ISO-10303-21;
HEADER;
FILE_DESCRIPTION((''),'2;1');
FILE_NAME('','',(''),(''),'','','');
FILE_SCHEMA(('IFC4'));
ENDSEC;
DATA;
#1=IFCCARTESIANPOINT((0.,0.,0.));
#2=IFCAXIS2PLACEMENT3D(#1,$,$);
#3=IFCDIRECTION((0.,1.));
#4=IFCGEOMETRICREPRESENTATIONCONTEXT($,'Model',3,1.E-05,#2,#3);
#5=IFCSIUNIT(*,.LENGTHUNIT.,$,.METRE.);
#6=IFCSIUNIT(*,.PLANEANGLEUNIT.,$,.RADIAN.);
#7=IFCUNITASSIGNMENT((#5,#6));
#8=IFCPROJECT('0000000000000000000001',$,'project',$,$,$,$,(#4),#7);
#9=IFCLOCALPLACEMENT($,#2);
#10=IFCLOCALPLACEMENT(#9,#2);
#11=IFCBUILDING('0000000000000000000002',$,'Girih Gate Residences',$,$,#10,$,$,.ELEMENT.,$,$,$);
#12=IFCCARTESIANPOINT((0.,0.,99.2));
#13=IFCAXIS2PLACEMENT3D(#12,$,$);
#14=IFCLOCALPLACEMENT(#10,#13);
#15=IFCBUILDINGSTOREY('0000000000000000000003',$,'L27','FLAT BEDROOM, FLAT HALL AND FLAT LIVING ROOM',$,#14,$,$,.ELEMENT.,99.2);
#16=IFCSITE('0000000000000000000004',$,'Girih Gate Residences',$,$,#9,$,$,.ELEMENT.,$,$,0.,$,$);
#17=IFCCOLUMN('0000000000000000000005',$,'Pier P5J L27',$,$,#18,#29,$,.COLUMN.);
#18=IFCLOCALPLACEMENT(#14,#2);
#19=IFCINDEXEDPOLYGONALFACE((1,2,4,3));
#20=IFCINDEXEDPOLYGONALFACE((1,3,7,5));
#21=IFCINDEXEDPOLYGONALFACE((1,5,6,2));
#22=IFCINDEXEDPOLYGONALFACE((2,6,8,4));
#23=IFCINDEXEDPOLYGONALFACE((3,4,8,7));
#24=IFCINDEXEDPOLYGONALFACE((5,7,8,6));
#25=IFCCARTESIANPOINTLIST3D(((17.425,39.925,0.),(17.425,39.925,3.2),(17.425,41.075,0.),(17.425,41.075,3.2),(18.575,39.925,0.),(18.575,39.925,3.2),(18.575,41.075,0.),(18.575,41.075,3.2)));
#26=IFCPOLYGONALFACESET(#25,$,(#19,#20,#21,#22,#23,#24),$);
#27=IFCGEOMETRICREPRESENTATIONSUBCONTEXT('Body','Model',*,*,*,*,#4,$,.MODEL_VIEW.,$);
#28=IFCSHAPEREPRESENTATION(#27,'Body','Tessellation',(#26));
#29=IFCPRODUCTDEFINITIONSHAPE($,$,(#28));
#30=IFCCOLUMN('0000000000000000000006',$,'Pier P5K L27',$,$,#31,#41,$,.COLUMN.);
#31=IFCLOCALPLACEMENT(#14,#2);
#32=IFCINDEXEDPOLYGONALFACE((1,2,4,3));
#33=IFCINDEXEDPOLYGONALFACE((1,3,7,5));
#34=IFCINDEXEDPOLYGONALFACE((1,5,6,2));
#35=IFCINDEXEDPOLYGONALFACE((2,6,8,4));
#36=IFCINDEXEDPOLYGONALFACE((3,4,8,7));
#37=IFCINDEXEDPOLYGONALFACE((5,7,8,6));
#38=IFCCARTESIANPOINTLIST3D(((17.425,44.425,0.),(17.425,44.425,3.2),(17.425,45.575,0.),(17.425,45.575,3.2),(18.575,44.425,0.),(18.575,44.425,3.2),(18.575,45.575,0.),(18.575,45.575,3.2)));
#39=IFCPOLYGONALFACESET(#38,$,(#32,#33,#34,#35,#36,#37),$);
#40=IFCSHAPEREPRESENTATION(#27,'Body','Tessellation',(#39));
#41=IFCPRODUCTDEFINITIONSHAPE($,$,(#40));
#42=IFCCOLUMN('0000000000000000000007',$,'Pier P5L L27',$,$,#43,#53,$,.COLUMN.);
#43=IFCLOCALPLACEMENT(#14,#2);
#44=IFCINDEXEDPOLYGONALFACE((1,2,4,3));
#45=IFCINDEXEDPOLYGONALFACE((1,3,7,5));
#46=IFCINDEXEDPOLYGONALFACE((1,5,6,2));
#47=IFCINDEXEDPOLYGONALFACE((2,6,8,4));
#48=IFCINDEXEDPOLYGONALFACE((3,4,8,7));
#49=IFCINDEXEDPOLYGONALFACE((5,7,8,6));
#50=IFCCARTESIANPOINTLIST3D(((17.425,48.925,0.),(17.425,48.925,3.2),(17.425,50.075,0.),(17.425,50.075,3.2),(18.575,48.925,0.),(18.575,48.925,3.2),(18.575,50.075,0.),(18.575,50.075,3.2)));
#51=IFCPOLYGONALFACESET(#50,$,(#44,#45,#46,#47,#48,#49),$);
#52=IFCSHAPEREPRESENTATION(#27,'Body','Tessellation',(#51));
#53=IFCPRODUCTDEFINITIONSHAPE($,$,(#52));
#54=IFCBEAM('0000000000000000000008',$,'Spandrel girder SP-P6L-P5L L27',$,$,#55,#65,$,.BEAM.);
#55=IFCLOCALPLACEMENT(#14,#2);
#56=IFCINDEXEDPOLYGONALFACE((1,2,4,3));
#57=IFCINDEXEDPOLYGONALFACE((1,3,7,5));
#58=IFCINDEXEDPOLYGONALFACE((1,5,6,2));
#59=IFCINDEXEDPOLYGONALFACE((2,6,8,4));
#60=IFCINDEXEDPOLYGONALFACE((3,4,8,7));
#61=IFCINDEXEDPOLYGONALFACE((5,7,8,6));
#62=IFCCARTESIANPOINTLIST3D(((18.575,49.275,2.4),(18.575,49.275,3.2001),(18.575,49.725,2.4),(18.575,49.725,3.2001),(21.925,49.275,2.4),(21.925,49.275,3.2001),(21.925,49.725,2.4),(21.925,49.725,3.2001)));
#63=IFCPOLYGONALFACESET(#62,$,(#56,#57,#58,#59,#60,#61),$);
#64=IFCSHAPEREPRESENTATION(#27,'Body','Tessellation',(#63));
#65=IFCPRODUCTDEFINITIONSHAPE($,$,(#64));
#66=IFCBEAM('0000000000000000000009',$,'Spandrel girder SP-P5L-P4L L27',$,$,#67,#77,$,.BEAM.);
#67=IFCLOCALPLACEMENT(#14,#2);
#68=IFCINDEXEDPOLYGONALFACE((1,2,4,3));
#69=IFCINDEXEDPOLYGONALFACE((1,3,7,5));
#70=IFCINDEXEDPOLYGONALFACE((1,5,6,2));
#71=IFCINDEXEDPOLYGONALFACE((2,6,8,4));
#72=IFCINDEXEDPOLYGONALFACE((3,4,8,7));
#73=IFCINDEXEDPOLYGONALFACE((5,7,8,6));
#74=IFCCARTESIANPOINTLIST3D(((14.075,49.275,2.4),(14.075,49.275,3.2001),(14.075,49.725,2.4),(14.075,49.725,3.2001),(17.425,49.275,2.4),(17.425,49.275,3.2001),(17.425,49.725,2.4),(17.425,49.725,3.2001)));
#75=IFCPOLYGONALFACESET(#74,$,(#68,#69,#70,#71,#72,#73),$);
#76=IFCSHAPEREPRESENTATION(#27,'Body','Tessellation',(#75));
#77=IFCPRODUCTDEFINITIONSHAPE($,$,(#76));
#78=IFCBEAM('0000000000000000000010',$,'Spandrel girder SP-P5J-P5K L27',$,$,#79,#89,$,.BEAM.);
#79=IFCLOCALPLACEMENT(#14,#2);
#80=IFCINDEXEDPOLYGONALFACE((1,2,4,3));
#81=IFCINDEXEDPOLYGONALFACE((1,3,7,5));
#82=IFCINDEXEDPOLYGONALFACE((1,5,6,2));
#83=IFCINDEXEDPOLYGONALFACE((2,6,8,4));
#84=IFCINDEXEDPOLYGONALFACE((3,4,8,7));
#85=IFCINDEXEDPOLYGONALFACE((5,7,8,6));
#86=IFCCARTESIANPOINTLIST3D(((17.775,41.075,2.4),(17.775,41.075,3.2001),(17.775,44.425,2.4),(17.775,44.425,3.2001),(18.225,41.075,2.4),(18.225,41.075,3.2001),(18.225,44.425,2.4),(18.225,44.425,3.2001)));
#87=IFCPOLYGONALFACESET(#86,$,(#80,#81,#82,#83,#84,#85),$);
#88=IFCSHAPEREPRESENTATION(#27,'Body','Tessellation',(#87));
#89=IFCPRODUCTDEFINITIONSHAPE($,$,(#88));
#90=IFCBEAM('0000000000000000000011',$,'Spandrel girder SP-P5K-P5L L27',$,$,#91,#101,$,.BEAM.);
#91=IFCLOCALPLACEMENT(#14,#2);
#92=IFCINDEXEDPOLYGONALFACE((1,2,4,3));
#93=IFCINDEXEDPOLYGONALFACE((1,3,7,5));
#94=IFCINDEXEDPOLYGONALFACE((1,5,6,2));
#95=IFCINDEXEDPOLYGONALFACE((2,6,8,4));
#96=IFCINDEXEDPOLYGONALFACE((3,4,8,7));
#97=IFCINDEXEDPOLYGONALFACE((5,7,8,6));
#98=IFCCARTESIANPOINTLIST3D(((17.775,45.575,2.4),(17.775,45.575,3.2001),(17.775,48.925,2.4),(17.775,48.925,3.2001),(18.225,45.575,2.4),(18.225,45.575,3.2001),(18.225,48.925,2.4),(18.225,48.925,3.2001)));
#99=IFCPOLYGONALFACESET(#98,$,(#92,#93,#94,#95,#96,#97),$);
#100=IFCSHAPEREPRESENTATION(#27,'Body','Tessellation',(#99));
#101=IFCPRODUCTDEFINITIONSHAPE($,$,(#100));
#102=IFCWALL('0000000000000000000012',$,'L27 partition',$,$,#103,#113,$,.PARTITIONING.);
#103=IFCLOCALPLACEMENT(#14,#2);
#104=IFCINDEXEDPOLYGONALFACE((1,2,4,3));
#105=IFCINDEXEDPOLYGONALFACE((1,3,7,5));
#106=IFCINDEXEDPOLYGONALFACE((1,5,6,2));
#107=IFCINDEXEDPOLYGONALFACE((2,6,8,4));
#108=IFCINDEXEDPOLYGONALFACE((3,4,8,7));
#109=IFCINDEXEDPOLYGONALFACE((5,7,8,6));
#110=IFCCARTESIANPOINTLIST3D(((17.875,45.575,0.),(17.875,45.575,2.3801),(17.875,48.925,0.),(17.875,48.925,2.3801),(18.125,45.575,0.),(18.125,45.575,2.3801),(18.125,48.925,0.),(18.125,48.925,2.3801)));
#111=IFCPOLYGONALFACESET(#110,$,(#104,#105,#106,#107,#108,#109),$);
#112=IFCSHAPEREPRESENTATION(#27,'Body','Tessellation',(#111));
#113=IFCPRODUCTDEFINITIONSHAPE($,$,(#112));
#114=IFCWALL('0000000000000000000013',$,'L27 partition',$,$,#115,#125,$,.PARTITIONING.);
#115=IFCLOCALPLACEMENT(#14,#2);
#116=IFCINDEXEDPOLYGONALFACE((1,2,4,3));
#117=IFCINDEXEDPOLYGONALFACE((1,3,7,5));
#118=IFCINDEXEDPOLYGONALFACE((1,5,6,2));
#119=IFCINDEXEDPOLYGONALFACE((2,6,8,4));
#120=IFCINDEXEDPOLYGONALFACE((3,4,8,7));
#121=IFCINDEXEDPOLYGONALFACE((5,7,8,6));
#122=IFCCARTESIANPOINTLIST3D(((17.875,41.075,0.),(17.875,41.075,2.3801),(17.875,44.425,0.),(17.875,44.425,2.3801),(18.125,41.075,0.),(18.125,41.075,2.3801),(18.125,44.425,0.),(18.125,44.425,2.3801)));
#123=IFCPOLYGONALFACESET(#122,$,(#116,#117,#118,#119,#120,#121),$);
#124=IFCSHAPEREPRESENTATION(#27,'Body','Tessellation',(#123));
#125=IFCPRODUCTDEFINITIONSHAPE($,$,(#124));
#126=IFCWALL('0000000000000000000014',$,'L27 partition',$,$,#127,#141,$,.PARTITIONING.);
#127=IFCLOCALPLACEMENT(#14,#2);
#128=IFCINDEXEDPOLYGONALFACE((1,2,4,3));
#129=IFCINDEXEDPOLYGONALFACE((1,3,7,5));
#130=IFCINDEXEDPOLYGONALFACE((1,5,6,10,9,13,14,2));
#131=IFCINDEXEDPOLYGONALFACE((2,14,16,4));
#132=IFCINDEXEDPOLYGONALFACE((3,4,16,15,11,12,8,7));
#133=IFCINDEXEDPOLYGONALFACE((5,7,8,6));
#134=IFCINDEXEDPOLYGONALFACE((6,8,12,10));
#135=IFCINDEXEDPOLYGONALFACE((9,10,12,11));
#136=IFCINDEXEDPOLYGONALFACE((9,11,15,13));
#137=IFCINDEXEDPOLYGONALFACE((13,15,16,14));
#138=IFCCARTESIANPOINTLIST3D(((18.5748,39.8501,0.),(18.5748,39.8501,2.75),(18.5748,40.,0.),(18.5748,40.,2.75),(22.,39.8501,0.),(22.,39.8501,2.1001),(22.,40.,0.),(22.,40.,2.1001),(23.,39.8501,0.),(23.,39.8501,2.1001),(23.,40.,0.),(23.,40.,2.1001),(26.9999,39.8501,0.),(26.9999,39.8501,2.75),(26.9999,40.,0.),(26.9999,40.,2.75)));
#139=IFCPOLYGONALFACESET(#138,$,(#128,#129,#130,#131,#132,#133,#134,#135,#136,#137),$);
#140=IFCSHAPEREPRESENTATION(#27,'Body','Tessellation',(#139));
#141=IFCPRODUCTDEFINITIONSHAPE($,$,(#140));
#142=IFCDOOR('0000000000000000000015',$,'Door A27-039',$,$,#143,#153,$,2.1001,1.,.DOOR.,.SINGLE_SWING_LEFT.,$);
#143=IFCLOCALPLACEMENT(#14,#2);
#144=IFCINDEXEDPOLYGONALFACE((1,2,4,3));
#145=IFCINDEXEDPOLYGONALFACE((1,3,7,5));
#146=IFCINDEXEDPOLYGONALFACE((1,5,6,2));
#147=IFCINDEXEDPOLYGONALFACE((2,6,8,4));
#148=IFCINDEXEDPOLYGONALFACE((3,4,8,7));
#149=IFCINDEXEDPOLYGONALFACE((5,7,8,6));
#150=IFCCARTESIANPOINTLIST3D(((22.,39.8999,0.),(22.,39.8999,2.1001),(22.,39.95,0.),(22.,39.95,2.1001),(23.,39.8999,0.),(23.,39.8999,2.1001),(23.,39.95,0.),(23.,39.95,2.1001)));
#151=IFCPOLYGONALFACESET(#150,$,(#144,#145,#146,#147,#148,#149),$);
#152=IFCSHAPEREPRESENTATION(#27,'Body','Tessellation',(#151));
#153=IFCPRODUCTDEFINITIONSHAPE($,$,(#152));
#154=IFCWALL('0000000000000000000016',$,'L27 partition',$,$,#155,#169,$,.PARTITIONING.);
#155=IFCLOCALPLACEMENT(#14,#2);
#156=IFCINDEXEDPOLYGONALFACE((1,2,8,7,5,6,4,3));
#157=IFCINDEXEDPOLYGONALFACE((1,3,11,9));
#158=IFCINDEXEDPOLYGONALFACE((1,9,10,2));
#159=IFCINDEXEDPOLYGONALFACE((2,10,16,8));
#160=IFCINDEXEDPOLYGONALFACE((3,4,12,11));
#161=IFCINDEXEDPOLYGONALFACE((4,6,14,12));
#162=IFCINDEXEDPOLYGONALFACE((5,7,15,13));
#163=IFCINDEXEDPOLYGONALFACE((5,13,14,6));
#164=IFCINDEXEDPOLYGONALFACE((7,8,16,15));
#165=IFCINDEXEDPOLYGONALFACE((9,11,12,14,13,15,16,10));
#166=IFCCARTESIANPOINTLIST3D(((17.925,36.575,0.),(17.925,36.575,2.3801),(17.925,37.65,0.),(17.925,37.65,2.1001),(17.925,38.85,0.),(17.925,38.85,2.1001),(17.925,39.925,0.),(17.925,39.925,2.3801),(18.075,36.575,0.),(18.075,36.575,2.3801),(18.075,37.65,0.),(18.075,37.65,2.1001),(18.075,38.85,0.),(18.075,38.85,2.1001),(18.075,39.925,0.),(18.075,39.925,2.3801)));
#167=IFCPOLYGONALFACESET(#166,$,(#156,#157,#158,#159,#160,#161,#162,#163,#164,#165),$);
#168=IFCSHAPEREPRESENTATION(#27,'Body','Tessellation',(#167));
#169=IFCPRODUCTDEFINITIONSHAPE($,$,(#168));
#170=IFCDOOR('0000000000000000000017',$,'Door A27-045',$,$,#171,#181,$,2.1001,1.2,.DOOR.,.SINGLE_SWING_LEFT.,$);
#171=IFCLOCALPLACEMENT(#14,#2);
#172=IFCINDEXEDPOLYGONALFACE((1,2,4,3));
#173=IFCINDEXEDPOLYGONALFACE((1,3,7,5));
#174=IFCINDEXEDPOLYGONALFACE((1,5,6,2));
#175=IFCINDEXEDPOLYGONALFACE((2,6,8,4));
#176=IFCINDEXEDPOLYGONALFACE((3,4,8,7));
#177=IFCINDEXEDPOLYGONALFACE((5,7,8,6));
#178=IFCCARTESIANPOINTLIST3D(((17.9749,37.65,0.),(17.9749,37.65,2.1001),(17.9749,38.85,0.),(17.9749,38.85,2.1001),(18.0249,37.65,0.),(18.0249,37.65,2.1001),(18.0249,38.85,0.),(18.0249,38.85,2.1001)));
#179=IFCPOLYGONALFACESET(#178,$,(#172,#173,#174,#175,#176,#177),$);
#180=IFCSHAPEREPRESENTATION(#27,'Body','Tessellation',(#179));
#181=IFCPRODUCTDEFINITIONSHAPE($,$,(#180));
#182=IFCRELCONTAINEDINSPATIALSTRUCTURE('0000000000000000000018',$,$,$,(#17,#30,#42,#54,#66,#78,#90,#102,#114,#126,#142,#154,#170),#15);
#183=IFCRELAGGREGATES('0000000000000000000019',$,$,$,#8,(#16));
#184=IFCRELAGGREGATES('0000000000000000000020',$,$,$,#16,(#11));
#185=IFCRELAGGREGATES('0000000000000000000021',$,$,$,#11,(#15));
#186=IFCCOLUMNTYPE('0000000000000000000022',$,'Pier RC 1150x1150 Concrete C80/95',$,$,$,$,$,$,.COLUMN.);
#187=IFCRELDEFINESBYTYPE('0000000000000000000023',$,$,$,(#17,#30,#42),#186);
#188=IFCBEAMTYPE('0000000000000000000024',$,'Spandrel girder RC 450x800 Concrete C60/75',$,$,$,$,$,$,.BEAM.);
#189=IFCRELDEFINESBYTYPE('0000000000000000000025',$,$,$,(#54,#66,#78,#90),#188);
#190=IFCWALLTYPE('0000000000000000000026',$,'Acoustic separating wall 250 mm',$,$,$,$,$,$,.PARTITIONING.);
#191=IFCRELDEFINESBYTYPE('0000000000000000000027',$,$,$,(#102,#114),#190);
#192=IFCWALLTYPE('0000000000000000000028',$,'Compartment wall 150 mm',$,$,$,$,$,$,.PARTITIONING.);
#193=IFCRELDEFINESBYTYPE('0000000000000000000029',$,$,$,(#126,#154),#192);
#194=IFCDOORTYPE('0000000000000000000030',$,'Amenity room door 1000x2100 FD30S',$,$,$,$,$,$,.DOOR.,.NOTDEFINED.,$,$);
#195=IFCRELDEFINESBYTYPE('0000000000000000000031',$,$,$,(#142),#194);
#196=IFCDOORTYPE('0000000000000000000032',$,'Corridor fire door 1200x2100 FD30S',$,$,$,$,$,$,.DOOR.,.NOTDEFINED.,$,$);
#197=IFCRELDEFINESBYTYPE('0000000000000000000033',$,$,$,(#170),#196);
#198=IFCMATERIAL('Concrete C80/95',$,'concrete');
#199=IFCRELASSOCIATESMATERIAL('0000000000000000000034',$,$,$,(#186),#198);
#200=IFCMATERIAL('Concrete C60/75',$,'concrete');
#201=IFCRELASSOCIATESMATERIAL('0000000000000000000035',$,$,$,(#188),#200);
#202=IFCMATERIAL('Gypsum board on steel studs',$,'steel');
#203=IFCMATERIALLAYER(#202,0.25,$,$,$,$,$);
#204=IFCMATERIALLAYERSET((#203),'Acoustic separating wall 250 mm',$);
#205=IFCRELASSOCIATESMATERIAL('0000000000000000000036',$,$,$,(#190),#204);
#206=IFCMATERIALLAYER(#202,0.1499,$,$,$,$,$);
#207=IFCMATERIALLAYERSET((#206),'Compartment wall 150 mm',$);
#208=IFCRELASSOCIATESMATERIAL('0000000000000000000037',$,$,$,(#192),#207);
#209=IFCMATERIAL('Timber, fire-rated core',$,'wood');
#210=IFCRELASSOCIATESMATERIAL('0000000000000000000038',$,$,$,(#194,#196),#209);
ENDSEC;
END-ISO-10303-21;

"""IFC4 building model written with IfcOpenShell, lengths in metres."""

from ifc_helpers import new_model, si_unit, direction, frame, frame_2d, origin, origin_2d, place, context, subcontext, project, spatial, rectangle, extrude, material, layer, layer_set, material_profile, profile_set, type_object, element, fill, save


model = new_model("IFC4")

# Units and contexts
model_context = context("Model", 3, precision=1e-05, world=origin(), true_north=direction((0.0, 1.0)))
body_context = subcontext(model_context, "Body", "Model", "MODEL_VIEW")
ifc_project = project(units=[si_unit("LENGTHUNIT", "METRE"), si_unit("PLANEANGLEUNIT", "RADIAN")], contexts=[model_context])

# Site, building, storey
site_placement = place(None, origin())
site = spatial("IfcSite", under=ifc_project, at=site_placement, Name="Girih Gate Residences", CompositionType="ELEMENT", RefElevation=0.0)
building_placement = place(site_placement, origin())
building = spatial("IfcBuilding", under=site, at=building_placement, Name="Girih Gate Residences", CompositionType="ELEMENT")
storey_placement = place(building_placement, frame((0.0, 0.0, 99.2)))
storey = spatial("IfcBuildingStorey", under=building, at=storey_placement, Name="L27", Description="FLAT BEDROOM, FLAT HALL AND FLAT LIVING ROOM", CompositionType="ELEMENT", Elevation=99.2)

# Columns
ifc_material_1 = material(Name="Concrete C80/95", Category="concrete")
ifc_material_profile_1 = material_profile(ifc_material_1, rectangle(XDim=1.1499, YDim=1.1499, at=origin_2d()))
ifc_profile_set_1 = profile_set([ifc_material_profile_1], Name="Concrete C80/95")
column_type = type_object("IfcColumnType", Name="Pier RC 1150x1150 Concrete C80/95", PredefinedType="COLUMN", material=ifc_profile_set_1)
for number, where, z_axis, x_axis, name in (
    (1, (18.0, 40.5, 0.0), (0.0, 0.0, 1.0), (1.0, 0.0, 0.0), "Pier P5J L27"),
    (2, (18.0, 45.0, 0.0), (0.0, 0.0, 1.0), (1.0, 0.0, 0.0), "Pier P5K L27"),
    (3, (18.0, 49.5, 0.0), (0.0, 0.0, 1.0), (1.0, 0.0, 0.0), "Pier P5L L27"),
):
    element("IfcColumn", number, at=place(storey_placement, frame(where, z_axis=z_axis, x_axis=x_axis)), inside=storey, type_object=column_type, Name=name, PredefinedType="COLUMN", context=body_context, shape_type="SweptSolid", body=[
        extrude(rectangle(XDim=1.1499, YDim=1.1499, at=origin_2d()), origin(), (0.0, 0.0, 1.0), 3.2),
    ])

# Beams
ifc_material_2 = material(Name="Concrete C60/75", Category="concrete")
ifc_material_profile_2 = material_profile(ifc_material_2, rectangle(XDim=0.45, YDim=0.8, at=origin_2d()))
ifc_profile_set_2 = profile_set([ifc_material_profile_2], Name="Concrete C60/75")
beam_type = type_object("IfcBeamType", Name="Spandrel girder RC 450x800 Concrete C60/75", PredefinedType="BEAM", material=ifc_profile_set_2)
for number, where, z_axis, x_axis, name in (
    (4, (21.925, 49.5, 2.8), (-1.0, 0.0, 0.0), (0.0, -1.0, 0.0), "Spandrel girder SP-P6L-P5L L27"),
    (5, (17.425, 49.5, 2.8), (-1.0, 0.0, 0.0), (0.0, -1.0, 0.0), "Spandrel girder SP-P5L-P4L L27"),
    (6, (18.0, 41.075, 2.8), (0.0, 1.0, 0.0), (-1.0, 0.0, 0.0), "Spandrel girder SP-P5J-P5K L27"),
    (7, (18.0, 45.575, 2.8), (0.0, 1.0, 0.0), (-1.0, 0.0, 0.0), "Spandrel girder SP-P5K-P5L L27"),
):
    element("IfcBeam", number, at=place(storey_placement, frame(where, z_axis=z_axis, x_axis=x_axis)), inside=storey, type_object=beam_type, Name=name, PredefinedType="BEAM", context=body_context, shape_type="SweptSolid", body=[
        extrude(rectangle(XDim=0.45, YDim=0.8, at=origin_2d()), origin(), (0.0, 0.0, 1.0), 3.3501),
    ])

# Walls
ifc_material_3 = material(Name="Gypsum board on steel studs", Category="steel")
ifc_layer_1 = layer(ifc_material_3, 0.25)
ifc_layer_set_1 = layer_set([ifc_layer_1], Name="Acoustic separating wall 250 mm")
wall_type_1 = type_object("IfcWallType", Name="Acoustic separating wall 250 mm", PredefinedType="PARTITIONING", material=ifc_layer_set_1)
for number, where, z_axis, x_axis, name in (
    (8, (18.0, 45.575, 0.0), (0.0, 0.0, 1.0), (0.0, 1.0, 0.0), "L27 partition"),
    (9, (18.0, 41.075, 0.0), (0.0, 0.0, 1.0), (0.0, 1.0, 0.0), "L27 partition"),
):
    element("IfcWall", number, at=place(storey_placement, frame(where, z_axis=z_axis, x_axis=x_axis)), inside=storey, type_object=wall_type_1, Name=name, PredefinedType="PARTITIONING", context=body_context, shape_type="SweptSolid", body=[
        extrude(rectangle(XDim=3.3501, YDim=0.25, at=frame_2d((1.675, 0.0))), origin(), (0.0, 0.0, 1.0), 2.3801),
    ])

# Walls, openings, doors
ifc_layer_2 = layer(ifc_material_3, 0.1499)
ifc_layer_set_2 = layer_set([ifc_layer_2], Name="Compartment wall 150 mm")
wall_type_2 = type_object("IfcWallType", Name="Compartment wall 150 mm", PredefinedType="PARTITIONING", material=ifc_layer_set_2)
wall_1_placement = place(storey_placement, frame((18.575, 39.925, 0.0), z_axis=(0.0, 0.0, 1.0), x_axis=(1.0, 0.0, 0.0)))
wall_1 = element("IfcWall", 10, at=wall_1_placement, inside=storey, type_object=wall_type_2, Name="L27 partition", PredefinedType="PARTITIONING", context=body_context, shape_type="SweptSolid", body=[
    extrude(rectangle(XDim=8.425, YDim=0.1499, at=frame_2d((4.2124, 0.0))), origin(), (0.0, 0.0, 1.0), 2.75),
])
opening_1_placement = place(wall_1_placement, frame((3.425, 0.0, 0.0)))
opening_1 = element("IfcOpeningElement", 11, at=opening_1_placement, cuts=wall_1, PredefinedType="OPENING", context=body_context, shape_type="SweptSolid", body=[
    extrude(rectangle(XDim=1.0, YDim=2.1001, at=frame_2d((0.5, 1.05))), frame((0.0, 0.085, 0.0), z_axis=(0.0, -1.0, 0.0), x_axis=(1.0, 0.0, 0.0)), (0.0, 0.0, 1.0), 0.1699),
])
ifc_material_4 = material(Name="Timber, fire-rated core", Category="wood")
door_type_1 = type_object("IfcDoorType", Name="Amenity room door 1000x2100 FD30S", OperationType="NOTDEFINED", PredefinedType="DOOR", material=ifc_material_4)
door_1_placement = place(opening_1_placement, origin())
door_1 = element("IfcDoor", 12, at=door_1_placement, inside=storey, type_object=door_type_1, Name="Door A27-039", OperationType="SINGLE_SWING_LEFT", OverallHeight=2.1001, OverallWidth=1.0, PredefinedType="DOOR", context=body_context, shape_type="SweptSolid", body=[
    extrude(rectangle(XDim=1.0, YDim=2.1001, at=frame_2d((0.5, 1.05))), frame((0.0, 0.0249, 0.0), z_axis=(0.0, -1.0, 0.0), x_axis=(1.0, 0.0, 0.0)), (0.0, 0.0, 1.0), 0.05),
])
fill(opening_1, door_1)
wall_2_placement = place(storey_placement, frame((18.0, 39.925, 0.0), z_axis=(0.0, 0.0, 1.0), x_axis=(0.0, -1.0, 0.0)))
wall_2 = element("IfcWall", 13, at=wall_2_placement, inside=storey, type_object=wall_type_2, Name="L27 partition", PredefinedType="PARTITIONING", context=body_context, shape_type="SweptSolid", body=[
    extrude(rectangle(XDim=3.3501, YDim=0.1499, at=frame_2d((1.675, 0.0))), origin(), (0.0, 0.0, 1.0), 2.3801),
])
opening_2_placement = place(wall_2_placement, frame((1.075, 0.0, 0.0)))
opening_2 = element("IfcOpeningElement", 14, at=opening_2_placement, cuts=wall_2, PredefinedType="OPENING", context=body_context, shape_type="SweptSolid", body=[
    extrude(rectangle(XDim=1.2, YDim=2.1001, at=frame_2d((0.6001, 1.05))), frame((0.0, 0.085, 0.0), z_axis=(0.0, -1.0, 0.0), x_axis=(1.0, 0.0, 0.0)), (0.0, 0.0, 1.0), 0.1699),
])
door_type_2 = type_object("IfcDoorType", Name="Corridor fire door 1200x2100 FD30S", OperationType="NOTDEFINED", PredefinedType="DOOR", material=ifc_material_4)
door_2_placement = place(opening_2_placement, origin())
door_2 = element("IfcDoor", 15, at=door_2_placement, inside=storey, type_object=door_type_2, Name="Door A27-045", OperationType="SINGLE_SWING_LEFT", OverallHeight=2.1001, OverallWidth=1.2, PredefinedType="DOOR", context=body_context, shape_type="SweptSolid", body=[
    extrude(rectangle(XDim=1.2, YDim=2.1001, at=frame_2d((0.6001, 1.05))), frame((0.0, 0.0249, 0.0), z_axis=(0.0, -1.0, 0.0), x_axis=(1.0, 0.0, 0.0)), (0.0, 0.0, 1.0), 0.05),
])
fill(opening_2, door_2)

save(model, "model.ifc")
